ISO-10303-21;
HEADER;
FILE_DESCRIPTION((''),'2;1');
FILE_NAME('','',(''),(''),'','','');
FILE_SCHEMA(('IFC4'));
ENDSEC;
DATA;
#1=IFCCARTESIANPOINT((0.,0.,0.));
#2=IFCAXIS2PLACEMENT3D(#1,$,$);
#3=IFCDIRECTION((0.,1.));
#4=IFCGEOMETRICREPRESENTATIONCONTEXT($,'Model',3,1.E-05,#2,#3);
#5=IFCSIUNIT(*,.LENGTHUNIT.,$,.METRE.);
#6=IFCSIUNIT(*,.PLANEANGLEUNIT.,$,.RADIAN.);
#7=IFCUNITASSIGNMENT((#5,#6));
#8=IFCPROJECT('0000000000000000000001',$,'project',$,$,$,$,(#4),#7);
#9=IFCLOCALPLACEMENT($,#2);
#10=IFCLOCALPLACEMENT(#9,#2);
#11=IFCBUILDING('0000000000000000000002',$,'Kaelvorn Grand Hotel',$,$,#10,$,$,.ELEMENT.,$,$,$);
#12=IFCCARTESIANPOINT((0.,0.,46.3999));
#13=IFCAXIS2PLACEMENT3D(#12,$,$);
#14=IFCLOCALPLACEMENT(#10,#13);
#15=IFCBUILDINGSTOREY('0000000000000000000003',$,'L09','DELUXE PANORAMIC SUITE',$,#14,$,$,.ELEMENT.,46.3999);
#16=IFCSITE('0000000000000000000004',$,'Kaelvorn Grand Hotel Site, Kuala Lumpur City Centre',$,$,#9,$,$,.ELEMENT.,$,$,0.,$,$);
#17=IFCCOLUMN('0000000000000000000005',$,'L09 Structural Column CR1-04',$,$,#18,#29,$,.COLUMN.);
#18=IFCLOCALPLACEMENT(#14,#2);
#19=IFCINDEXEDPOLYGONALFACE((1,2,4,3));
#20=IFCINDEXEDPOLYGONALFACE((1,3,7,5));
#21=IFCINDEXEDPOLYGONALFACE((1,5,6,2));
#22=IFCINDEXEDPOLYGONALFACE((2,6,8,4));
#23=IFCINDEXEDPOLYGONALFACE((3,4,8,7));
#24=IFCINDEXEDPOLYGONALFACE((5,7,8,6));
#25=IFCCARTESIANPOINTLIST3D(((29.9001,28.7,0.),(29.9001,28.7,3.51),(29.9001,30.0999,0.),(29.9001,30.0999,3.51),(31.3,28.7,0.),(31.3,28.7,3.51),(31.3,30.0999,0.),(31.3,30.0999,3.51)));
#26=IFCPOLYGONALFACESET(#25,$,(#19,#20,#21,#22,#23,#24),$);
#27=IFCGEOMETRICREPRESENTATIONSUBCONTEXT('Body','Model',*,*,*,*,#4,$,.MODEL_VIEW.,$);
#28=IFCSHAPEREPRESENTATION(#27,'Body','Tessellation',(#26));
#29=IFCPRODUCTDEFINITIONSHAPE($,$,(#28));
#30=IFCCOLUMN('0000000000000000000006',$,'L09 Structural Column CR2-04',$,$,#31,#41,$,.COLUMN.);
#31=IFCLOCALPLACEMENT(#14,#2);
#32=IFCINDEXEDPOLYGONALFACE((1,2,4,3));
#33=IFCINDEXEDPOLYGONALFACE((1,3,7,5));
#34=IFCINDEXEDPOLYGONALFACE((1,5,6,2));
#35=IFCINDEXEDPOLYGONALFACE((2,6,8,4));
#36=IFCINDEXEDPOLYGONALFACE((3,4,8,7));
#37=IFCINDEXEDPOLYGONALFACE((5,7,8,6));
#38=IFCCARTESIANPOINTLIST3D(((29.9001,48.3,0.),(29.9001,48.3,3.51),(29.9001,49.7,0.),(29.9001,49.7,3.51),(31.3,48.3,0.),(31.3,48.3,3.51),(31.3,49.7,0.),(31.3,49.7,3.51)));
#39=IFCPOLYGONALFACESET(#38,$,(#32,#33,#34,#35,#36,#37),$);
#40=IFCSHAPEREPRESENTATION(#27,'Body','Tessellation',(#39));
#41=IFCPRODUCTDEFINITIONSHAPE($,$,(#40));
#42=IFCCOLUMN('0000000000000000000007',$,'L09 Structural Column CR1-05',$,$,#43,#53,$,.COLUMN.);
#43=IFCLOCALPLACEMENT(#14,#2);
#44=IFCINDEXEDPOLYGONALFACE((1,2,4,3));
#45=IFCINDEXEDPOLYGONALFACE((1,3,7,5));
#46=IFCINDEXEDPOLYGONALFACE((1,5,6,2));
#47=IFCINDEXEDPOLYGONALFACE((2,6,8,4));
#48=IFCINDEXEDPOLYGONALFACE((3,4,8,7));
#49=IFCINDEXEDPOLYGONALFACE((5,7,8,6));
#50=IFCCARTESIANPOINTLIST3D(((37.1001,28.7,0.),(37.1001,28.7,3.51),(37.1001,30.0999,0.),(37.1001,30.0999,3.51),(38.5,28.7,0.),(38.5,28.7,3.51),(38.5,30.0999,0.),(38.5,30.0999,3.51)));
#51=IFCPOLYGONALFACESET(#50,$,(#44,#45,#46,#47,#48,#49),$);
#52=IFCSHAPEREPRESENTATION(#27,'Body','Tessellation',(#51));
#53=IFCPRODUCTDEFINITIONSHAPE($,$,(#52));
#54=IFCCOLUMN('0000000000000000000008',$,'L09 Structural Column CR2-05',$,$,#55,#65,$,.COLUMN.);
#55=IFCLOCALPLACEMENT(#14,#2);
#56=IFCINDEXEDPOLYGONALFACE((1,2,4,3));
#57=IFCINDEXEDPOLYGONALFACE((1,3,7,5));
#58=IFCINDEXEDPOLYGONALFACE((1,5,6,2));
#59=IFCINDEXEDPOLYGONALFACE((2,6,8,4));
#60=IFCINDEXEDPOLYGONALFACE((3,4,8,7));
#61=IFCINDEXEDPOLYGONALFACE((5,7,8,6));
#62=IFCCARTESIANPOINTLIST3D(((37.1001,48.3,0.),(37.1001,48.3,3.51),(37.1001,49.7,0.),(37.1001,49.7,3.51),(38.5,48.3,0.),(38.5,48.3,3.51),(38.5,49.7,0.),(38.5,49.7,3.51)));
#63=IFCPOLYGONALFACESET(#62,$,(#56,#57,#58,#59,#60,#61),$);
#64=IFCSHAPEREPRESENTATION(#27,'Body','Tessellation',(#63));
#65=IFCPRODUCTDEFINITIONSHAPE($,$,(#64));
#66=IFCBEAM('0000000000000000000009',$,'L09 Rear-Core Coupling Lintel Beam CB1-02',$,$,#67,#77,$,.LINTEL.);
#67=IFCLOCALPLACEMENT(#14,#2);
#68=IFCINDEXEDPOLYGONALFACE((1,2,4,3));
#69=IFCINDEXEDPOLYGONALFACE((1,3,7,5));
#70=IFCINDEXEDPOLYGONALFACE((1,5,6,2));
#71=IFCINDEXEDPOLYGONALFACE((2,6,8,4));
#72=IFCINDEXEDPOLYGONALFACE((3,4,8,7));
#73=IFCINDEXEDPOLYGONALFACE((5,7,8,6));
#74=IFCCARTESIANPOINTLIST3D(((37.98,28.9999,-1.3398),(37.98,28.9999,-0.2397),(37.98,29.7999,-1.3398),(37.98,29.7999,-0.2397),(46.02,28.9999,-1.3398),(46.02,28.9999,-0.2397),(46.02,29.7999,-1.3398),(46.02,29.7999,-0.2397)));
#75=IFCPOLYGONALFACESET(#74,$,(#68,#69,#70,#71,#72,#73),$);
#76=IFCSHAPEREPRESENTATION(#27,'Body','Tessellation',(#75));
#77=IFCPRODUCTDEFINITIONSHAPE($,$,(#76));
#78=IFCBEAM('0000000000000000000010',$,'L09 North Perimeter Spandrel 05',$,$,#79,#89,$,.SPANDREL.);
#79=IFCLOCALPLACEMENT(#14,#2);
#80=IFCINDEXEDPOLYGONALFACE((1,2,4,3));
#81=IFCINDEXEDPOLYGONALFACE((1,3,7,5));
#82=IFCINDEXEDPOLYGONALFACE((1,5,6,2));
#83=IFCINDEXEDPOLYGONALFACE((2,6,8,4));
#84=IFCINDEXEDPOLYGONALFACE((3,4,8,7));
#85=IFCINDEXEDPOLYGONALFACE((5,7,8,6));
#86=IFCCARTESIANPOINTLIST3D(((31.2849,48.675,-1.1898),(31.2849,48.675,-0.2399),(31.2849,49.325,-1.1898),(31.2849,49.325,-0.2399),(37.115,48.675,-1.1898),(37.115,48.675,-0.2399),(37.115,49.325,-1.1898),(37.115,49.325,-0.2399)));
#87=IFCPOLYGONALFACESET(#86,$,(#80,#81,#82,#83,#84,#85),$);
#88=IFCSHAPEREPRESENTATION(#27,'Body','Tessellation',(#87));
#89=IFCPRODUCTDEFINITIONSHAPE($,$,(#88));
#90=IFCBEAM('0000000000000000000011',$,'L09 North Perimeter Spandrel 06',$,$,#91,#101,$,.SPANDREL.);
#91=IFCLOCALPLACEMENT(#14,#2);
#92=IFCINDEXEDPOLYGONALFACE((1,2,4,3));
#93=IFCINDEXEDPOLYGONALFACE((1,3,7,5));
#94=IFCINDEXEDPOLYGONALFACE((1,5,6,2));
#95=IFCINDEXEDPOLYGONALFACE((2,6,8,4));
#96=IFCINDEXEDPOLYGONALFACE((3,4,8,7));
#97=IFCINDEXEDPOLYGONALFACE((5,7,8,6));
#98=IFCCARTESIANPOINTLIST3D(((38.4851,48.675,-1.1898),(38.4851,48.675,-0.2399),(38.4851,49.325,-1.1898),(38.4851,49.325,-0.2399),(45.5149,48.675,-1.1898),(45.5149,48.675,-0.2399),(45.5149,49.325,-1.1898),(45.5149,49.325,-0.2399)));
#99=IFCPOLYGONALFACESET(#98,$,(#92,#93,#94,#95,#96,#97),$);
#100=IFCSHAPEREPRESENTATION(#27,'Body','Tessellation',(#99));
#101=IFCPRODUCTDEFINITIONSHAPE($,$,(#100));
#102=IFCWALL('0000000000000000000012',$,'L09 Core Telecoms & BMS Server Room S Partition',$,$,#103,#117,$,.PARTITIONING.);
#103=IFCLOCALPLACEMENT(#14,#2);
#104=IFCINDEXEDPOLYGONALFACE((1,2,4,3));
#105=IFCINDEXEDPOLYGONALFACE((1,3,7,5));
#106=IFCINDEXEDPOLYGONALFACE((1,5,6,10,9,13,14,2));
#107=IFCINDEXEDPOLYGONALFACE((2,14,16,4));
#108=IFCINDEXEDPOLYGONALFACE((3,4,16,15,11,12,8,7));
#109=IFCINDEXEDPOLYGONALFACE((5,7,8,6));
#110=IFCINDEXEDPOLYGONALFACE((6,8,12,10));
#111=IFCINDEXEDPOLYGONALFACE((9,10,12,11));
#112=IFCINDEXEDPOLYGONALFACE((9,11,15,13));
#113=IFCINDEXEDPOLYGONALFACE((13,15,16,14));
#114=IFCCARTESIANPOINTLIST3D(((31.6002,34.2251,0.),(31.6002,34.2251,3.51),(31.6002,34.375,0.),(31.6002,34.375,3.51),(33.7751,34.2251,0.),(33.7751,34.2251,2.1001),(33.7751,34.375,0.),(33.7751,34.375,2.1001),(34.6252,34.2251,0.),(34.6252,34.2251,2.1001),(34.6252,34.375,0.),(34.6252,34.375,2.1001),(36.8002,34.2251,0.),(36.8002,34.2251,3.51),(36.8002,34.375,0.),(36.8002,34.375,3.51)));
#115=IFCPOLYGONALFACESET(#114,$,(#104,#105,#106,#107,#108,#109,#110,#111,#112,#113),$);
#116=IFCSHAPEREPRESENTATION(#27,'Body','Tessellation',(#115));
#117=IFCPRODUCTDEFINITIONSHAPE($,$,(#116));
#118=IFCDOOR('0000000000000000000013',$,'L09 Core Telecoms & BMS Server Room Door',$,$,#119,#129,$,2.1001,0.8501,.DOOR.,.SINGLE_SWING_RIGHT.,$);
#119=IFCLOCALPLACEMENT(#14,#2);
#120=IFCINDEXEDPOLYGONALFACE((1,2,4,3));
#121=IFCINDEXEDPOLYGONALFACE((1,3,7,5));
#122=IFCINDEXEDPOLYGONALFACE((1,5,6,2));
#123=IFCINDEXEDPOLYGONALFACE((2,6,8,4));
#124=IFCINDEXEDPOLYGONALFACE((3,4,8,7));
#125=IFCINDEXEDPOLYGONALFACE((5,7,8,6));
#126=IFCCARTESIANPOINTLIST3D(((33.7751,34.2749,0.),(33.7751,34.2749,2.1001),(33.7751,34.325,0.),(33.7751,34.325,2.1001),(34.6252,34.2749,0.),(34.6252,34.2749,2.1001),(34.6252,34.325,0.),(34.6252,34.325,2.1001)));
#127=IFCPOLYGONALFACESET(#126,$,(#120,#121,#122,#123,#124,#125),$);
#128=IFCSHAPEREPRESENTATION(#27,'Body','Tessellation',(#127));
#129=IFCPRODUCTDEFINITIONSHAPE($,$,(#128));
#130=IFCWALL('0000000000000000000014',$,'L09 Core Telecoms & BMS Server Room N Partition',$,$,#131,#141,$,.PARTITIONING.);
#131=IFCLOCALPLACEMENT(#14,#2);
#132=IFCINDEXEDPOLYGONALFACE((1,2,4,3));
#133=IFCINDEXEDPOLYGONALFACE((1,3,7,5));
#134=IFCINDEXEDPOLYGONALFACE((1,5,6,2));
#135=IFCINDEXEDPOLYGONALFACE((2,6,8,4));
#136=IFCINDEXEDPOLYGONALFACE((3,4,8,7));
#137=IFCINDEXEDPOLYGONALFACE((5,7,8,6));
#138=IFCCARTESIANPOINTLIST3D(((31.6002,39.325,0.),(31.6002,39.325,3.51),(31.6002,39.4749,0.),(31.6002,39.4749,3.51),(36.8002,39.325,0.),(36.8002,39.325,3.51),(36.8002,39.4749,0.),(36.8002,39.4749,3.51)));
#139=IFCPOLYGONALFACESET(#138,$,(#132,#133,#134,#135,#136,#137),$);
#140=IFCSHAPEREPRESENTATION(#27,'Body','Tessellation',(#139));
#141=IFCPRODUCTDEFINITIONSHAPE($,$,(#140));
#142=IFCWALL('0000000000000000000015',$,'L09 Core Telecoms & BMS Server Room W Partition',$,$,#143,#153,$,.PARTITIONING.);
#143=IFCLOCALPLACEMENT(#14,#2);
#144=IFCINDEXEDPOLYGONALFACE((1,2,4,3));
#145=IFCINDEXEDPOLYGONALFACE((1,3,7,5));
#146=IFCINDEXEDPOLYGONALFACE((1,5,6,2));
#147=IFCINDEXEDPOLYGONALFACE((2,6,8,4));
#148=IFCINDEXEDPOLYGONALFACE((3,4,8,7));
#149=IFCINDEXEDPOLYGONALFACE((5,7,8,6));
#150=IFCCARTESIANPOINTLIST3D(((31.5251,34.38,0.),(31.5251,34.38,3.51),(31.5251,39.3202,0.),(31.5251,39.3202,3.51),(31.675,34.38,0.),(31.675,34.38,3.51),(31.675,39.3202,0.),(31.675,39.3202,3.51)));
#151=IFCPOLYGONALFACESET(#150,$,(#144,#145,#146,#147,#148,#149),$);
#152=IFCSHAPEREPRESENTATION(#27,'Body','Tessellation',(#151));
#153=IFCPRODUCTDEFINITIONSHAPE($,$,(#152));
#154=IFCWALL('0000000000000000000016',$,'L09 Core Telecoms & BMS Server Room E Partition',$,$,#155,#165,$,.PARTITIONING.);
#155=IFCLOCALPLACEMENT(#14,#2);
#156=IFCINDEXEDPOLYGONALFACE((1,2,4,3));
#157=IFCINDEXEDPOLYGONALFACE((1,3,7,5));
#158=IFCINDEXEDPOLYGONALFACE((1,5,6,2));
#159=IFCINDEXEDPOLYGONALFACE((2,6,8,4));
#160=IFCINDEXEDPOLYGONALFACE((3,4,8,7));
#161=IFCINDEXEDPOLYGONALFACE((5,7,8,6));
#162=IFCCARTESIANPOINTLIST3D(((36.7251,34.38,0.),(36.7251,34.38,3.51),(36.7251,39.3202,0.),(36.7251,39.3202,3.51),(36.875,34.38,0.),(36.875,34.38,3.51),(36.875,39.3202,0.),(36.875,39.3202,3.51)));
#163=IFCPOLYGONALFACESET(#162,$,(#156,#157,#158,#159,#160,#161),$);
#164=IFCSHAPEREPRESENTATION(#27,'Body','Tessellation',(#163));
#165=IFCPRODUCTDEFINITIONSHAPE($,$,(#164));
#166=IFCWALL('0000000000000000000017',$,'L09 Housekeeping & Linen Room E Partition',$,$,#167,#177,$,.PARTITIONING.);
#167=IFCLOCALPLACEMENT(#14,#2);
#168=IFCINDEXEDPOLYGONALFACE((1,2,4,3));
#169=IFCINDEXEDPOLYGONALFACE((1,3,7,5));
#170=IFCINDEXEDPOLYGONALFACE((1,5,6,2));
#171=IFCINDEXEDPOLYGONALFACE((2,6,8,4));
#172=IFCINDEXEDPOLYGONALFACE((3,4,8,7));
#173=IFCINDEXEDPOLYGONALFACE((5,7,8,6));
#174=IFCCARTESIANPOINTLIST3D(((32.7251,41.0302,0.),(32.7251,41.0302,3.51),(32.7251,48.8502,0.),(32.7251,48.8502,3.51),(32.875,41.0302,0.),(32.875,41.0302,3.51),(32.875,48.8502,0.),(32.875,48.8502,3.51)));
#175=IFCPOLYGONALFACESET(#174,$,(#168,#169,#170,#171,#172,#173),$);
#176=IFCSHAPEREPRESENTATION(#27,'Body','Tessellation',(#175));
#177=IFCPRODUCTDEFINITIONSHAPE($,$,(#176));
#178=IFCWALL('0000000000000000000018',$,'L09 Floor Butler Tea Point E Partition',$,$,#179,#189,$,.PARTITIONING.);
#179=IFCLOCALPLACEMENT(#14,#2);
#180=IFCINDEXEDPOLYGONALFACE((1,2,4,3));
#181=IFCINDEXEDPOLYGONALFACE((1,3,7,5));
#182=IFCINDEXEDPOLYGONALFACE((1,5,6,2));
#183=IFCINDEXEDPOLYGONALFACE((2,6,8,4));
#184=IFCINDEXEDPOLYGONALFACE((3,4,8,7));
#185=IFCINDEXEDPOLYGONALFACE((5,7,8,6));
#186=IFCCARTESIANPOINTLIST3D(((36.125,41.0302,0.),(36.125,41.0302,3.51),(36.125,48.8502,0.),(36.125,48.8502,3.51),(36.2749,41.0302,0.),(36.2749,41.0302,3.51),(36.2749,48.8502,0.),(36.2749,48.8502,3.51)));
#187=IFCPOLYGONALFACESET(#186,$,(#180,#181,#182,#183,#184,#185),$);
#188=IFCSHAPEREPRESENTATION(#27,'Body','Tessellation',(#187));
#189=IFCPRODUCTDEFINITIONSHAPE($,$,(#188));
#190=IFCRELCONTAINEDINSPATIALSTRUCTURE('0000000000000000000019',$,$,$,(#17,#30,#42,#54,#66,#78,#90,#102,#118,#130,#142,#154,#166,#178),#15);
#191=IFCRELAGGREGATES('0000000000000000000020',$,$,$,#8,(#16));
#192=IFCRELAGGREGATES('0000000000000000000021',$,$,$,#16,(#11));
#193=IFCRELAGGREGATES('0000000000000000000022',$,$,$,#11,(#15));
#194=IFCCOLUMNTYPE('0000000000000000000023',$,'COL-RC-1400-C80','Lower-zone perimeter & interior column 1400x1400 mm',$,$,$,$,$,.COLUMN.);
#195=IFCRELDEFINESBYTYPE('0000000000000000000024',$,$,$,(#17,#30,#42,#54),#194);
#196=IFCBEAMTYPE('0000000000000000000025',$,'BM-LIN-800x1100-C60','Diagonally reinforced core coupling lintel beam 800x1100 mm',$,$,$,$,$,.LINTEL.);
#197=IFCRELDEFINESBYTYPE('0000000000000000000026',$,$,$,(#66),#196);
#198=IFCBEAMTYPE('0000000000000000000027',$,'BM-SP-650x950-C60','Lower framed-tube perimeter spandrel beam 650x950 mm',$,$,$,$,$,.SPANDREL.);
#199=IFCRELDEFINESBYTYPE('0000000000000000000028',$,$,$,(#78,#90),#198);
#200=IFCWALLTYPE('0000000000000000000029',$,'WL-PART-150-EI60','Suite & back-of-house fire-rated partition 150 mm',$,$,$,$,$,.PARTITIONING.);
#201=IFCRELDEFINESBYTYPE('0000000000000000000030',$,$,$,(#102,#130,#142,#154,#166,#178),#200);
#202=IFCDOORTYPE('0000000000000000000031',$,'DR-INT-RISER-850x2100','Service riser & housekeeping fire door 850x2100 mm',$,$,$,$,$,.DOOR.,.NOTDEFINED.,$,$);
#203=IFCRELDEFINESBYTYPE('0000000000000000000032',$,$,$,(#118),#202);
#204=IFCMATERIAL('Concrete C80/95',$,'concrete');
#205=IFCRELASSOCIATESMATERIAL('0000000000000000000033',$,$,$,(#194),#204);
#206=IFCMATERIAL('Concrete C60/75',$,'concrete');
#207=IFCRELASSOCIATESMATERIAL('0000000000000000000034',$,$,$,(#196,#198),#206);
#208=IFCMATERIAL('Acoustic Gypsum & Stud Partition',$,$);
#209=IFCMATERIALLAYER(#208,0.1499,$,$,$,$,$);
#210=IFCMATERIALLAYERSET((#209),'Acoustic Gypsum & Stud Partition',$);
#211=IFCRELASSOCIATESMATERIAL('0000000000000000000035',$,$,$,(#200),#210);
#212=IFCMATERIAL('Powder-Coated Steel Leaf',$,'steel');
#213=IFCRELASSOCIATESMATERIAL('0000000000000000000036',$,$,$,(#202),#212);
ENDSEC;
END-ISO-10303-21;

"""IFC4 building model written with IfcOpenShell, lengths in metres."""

from ifc_helpers import new_model, si_unit, direction, frame, frame_2d, origin, origin_2d, place, context, subcontext, project, spatial, rectangle, extrude, material, layer, layer_set, material_profile, profile_set, type_object, element, fill, save


model = new_model("IFC4")

# Units and contexts
model_context = context("Model", 3, precision=1e-05, world=origin(), true_north=direction((0.0, 1.0)))
body_context = subcontext(model_context, "Body", "Model", "MODEL_VIEW")
ifc_project = project(units=[si_unit("LENGTHUNIT", "METRE"), si_unit("PLANEANGLEUNIT", "RADIAN")], contexts=[model_context])

# Site, building, storey
site_placement = place(None, origin())
site = spatial("IfcSite", under=ifc_project, at=site_placement, Name="Kaelvorn Grand Hotel Site, Kuala Lumpur City Centre", CompositionType="ELEMENT", RefElevation=0.0)
building_placement = place(site_placement, origin())
building = spatial("IfcBuilding", under=site, at=building_placement, Name="Kaelvorn Grand Hotel", CompositionType="ELEMENT")
storey_placement = place(building_placement, frame((0.0, 0.0, 46.3999)))
storey = spatial("IfcBuildingStorey", under=building, at=storey_placement, Name="L09", Description="DELUXE PANORAMIC SUITE", CompositionType="ELEMENT", Elevation=46.3999)

# Columns
ifc_material_1 = material(Name="Concrete C80/95", Category="concrete")
ifc_material_profile_1 = material_profile(ifc_material_1, rectangle(XDim=1.3999, YDim=1.3999, at=origin_2d()), Name="RC COL 1400x1400")
ifc_profile_set_1 = profile_set([ifc_material_profile_1], Name="Concrete C80/95")
column_type = type_object("IfcColumnType", Name="COL-RC-1400-C80", Description="Lower-zone perimeter & interior column 1400x1400 mm", PredefinedType="COLUMN", material=ifc_profile_set_1)
for number, where, z_axis, x_axis, name in (
    (1, (30.6001, 29.3999, 0.0), (0.0, 0.0, 1.0), (1.0, 0.0, 0.0), "L09 Structural Column CR1-04"),
    (2, (30.6001, 49.0, 0.0), (0.0, 0.0, 1.0), (1.0, 0.0, 0.0), "L09 Structural Column CR2-04"),
    (3, (37.8, 29.3999, 0.0), (0.0, 0.0, 1.0), (1.0, 0.0, 0.0), "L09 Structural Column CR1-05"),
    (4, (37.8, 49.0, 0.0), (0.0, 0.0, 1.0), (1.0, 0.0, 0.0), "L09 Structural Column CR2-05"),
):
    element("IfcColumn", number, at=place(storey_placement, frame(where, z_axis=z_axis, x_axis=x_axis)), inside=storey, type_object=column_type, Name=name, PredefinedType="COLUMN", context=body_context, shape_type="SweptSolid", body=[
        extrude(rectangle(XDim=1.3999, YDim=1.3999, at=origin_2d()), origin(), (0.0, 0.0, 1.0), 3.51),
    ])

# Beams
ifc_material_2 = material(Name="Concrete C60/75", Category="concrete")
ifc_material_profile_2 = material_profile(ifc_material_2, rectangle(XDim=0.8, YDim=1.1001, at=origin_2d()), Name="RC LINTEL 800x1100")
ifc_profile_set_2 = profile_set([ifc_material_profile_2], Name="Concrete C60/75")
beam_type_1 = type_object("IfcBeamType", Name="BM-LIN-800x1100-C60", Description="Diagonally reinforced core coupling lintel beam 800x1100 mm", PredefinedType="LINTEL", material=ifc_profile_set_2)
beam_1_placement = place(storey_placement, frame((37.98, 29.3999, -0.7898), z_axis=(1.0, 0.0, 0.0), x_axis=(0.0, 1.0, 0.0)))
element("IfcBeam", 5, at=beam_1_placement, inside=storey, type_object=beam_type_1, Name="L09 Rear-Core Coupling Lintel Beam CB1-02", PredefinedType="LINTEL", context=body_context, shape_type="SweptSolid", body=[
    extrude(rectangle(XDim=0.8, YDim=1.1001, at=origin_2d()), origin(), (0.0, 0.0, 1.0), 8.04),
])
ifc_material_profile_3 = material_profile(ifc_material_2, rectangle(XDim=0.6499, YDim=0.95, at=origin_2d()), Name="RC SPANDREL 650x950")
ifc_profile_set_3 = profile_set([ifc_material_profile_3], Name="Concrete C60/75")
beam_type_2 = type_object("IfcBeamType", Name="BM-SP-650x950-C60", Description="Lower framed-tube perimeter spandrel beam 650x950 mm", PredefinedType="SPANDREL", material=ifc_profile_set_3)
beam_2_placement = place(storey_placement, frame((31.2849, 49.0, -0.7148), z_axis=(1.0, 0.0, 0.0), x_axis=(0.0, 1.0, 0.0)))
element("IfcBeam", 6, at=beam_2_placement, inside=storey, type_object=beam_type_2, Name="L09 North Perimeter Spandrel 05", PredefinedType="SPANDREL", context=body_context, shape_type="SweptSolid", body=[
    extrude(rectangle(XDim=0.6499, YDim=0.95, at=origin_2d()), origin(), (0.0, 0.0, 1.0), 5.8301),
])
beam_3_placement = place(storey_placement, frame((38.4851, 49.0, -0.7148), z_axis=(1.0, 0.0, 0.0), x_axis=(0.0, 1.0, 0.0)))
element("IfcBeam", 7, at=beam_3_placement, inside=storey, type_object=beam_type_2, Name="L09 North Perimeter Spandrel 06", PredefinedType="SPANDREL", context=body_context, shape_type="SweptSolid", body=[
    extrude(rectangle(XDim=0.6499, YDim=0.95, at=origin_2d()), origin(), (0.0, 0.0, 1.0), 7.0298),
])

# Wall, opening, door
ifc_material_3 = material(Name="Acoustic Gypsum & Stud Partition")
ifc_layer_1 = layer(ifc_material_3, 0.1499)
ifc_layer_set_1 = layer_set([ifc_layer_1], Name="Acoustic Gypsum & Stud Partition")
wall_type_1 = type_object("IfcWallType", Name="WL-PART-150-EI60", Description="Suite & back-of-house fire-rated partition 150 mm", PredefinedType="PARTITIONING", material=ifc_layer_set_1)
wall_1_placement = place(storey_placement, frame((31.6001, 34.3, 0.0), z_axis=(0.0, 0.0, 1.0), x_axis=(1.0, 0.0, 0.0)))
wall_1 = element("IfcWall", 8, at=wall_1_placement, inside=storey, type_object=wall_type_1, Name="L09 Core Telecoms & BMS Server Room S Partition", PredefinedType="PARTITIONING", context=body_context, shape_type="SweptSolid", body=[
    extrude(rectangle(XDim=5.2, YDim=0.1499, at=frame_2d((2.6001, 0.0))), origin(), (0.0, 0.0, 1.0), 3.51),
])
opening_1_placement = place(wall_1_placement, frame((2.175, 0.0, 0.0)))
opening_1 = element("IfcOpeningElement", 9, at=opening_1_placement, cuts=wall_1, PredefinedType="OPENING", context=body_context, shape_type="SweptSolid", body=[
    extrude(rectangle(XDim=0.8501, YDim=2.1001, at=frame_2d((0.425, 1.05))), frame((0.0, 0.085, 0.0), z_axis=(0.0, -1.0, 0.0), x_axis=(1.0, 0.0, 0.0)), (0.0, 0.0, 1.0), 0.1699),
])
ifc_material_4 = material(Name="Powder-Coated Steel Leaf", Category="steel")
door_type_1 = type_object("IfcDoorType", Name="DR-INT-RISER-850x2100", Description="Service riser & housekeeping fire door 850x2100 mm", OperationType="NOTDEFINED", PredefinedType="DOOR", material=ifc_material_4)
door_1_placement = place(opening_1_placement, origin())
door_1 = element("IfcDoor", 10, at=door_1_placement, inside=storey, type_object=door_type_1, Name="L09 Core Telecoms & BMS Server Room Door", OperationType="SINGLE_SWING_RIGHT", OverallHeight=2.1001, OverallWidth=0.8501, PredefinedType="DOOR", context=body_context, shape_type="SweptSolid", body=[
    extrude(rectangle(XDim=0.8501, YDim=2.1001, at=frame_2d((0.425, 1.05))), frame((0.0, 0.0249, 0.0), z_axis=(0.0, -1.0, 0.0), x_axis=(1.0, 0.0, 0.0)), (0.0, 0.0, 1.0), 0.05),
])
fill(opening_1, door_1)

# Walls
wall_2_placement = place(storey_placement, frame((31.6001, 39.3999, 0.0), z_axis=(0.0, 0.0, 1.0), x_axis=(1.0, 0.0, 0.0)))
element("IfcWall", 11, at=wall_2_placement, inside=storey, type_object=wall_type_1, Name="L09 Core Telecoms & BMS Server Room N Partition", PredefinedType="PARTITIONING", context=body_context, shape_type="SweptSolid", body=[
    extrude(rectangle(XDim=5.2, YDim=0.1499, at=frame_2d((2.6001, 0.0))), origin(), (0.0, 0.0, 1.0), 3.51),
])
for number, where, z_axis, x_axis, name in (
    (12, (31.6001, 34.3799, 0.0), (0.0, 0.0, 1.0), (0.0, 1.0, 0.0), "L09 Core Telecoms & BMS Server Room W Partition"),
    (13, (36.8, 34.3799, 0.0), (0.0, 0.0, 1.0), (0.0, 1.0, 0.0), "L09 Core Telecoms & BMS Server Room E Partition"),
):
    element("IfcWall", number, at=place(storey_placement, frame(where, z_axis=z_axis, x_axis=x_axis)), inside=storey, type_object=wall_type_1, Name=name, PredefinedType="PARTITIONING", context=body_context, shape_type="SweptSolid", body=[
        extrude(rectangle(XDim=4.9402, YDim=0.1499, at=frame_2d((2.4702, 0.0))), origin(), (0.0, 0.0, 1.0), 3.51),
    ])
wall_3_placement = place(storey_placement, frame((32.8, 41.03, 0.0), z_axis=(0.0, 0.0, 1.0), x_axis=(0.0, 1.0, 0.0)))
element("IfcWall", 14, at=wall_3_placement, inside=storey, type_object=wall_type_1, Name="L09 Housekeeping & Linen Room E Partition", PredefinedType="PARTITIONING", context=body_context, shape_type="SweptSolid", body=[
    extrude(rectangle(XDim=7.8201, YDim=0.1499, at=frame_2d((3.9102, 0.0))), origin(), (0.0, 0.0, 1.0), 3.51),
])

# Wall
wall_4_placement = place(storey_placement, frame((36.2, 41.03, 0.0), z_axis=(0.0, 0.0, 1.0), x_axis=(0.0, 1.0, 0.0)))
element("IfcWall", 15, at=wall_4_placement, inside=storey, type_object=wall_type_1, Name="L09 Floor Butler Tea Point E Partition", PredefinedType="PARTITIONING", context=body_context, shape_type="SweptSolid", body=[
    extrude(rectangle(XDim=7.8201, YDim=0.1499, at=frame_2d((3.9102, 0.0))), origin(), (0.0, 0.0, 1.0), 3.51),
])

save(model, "model.ifc")
